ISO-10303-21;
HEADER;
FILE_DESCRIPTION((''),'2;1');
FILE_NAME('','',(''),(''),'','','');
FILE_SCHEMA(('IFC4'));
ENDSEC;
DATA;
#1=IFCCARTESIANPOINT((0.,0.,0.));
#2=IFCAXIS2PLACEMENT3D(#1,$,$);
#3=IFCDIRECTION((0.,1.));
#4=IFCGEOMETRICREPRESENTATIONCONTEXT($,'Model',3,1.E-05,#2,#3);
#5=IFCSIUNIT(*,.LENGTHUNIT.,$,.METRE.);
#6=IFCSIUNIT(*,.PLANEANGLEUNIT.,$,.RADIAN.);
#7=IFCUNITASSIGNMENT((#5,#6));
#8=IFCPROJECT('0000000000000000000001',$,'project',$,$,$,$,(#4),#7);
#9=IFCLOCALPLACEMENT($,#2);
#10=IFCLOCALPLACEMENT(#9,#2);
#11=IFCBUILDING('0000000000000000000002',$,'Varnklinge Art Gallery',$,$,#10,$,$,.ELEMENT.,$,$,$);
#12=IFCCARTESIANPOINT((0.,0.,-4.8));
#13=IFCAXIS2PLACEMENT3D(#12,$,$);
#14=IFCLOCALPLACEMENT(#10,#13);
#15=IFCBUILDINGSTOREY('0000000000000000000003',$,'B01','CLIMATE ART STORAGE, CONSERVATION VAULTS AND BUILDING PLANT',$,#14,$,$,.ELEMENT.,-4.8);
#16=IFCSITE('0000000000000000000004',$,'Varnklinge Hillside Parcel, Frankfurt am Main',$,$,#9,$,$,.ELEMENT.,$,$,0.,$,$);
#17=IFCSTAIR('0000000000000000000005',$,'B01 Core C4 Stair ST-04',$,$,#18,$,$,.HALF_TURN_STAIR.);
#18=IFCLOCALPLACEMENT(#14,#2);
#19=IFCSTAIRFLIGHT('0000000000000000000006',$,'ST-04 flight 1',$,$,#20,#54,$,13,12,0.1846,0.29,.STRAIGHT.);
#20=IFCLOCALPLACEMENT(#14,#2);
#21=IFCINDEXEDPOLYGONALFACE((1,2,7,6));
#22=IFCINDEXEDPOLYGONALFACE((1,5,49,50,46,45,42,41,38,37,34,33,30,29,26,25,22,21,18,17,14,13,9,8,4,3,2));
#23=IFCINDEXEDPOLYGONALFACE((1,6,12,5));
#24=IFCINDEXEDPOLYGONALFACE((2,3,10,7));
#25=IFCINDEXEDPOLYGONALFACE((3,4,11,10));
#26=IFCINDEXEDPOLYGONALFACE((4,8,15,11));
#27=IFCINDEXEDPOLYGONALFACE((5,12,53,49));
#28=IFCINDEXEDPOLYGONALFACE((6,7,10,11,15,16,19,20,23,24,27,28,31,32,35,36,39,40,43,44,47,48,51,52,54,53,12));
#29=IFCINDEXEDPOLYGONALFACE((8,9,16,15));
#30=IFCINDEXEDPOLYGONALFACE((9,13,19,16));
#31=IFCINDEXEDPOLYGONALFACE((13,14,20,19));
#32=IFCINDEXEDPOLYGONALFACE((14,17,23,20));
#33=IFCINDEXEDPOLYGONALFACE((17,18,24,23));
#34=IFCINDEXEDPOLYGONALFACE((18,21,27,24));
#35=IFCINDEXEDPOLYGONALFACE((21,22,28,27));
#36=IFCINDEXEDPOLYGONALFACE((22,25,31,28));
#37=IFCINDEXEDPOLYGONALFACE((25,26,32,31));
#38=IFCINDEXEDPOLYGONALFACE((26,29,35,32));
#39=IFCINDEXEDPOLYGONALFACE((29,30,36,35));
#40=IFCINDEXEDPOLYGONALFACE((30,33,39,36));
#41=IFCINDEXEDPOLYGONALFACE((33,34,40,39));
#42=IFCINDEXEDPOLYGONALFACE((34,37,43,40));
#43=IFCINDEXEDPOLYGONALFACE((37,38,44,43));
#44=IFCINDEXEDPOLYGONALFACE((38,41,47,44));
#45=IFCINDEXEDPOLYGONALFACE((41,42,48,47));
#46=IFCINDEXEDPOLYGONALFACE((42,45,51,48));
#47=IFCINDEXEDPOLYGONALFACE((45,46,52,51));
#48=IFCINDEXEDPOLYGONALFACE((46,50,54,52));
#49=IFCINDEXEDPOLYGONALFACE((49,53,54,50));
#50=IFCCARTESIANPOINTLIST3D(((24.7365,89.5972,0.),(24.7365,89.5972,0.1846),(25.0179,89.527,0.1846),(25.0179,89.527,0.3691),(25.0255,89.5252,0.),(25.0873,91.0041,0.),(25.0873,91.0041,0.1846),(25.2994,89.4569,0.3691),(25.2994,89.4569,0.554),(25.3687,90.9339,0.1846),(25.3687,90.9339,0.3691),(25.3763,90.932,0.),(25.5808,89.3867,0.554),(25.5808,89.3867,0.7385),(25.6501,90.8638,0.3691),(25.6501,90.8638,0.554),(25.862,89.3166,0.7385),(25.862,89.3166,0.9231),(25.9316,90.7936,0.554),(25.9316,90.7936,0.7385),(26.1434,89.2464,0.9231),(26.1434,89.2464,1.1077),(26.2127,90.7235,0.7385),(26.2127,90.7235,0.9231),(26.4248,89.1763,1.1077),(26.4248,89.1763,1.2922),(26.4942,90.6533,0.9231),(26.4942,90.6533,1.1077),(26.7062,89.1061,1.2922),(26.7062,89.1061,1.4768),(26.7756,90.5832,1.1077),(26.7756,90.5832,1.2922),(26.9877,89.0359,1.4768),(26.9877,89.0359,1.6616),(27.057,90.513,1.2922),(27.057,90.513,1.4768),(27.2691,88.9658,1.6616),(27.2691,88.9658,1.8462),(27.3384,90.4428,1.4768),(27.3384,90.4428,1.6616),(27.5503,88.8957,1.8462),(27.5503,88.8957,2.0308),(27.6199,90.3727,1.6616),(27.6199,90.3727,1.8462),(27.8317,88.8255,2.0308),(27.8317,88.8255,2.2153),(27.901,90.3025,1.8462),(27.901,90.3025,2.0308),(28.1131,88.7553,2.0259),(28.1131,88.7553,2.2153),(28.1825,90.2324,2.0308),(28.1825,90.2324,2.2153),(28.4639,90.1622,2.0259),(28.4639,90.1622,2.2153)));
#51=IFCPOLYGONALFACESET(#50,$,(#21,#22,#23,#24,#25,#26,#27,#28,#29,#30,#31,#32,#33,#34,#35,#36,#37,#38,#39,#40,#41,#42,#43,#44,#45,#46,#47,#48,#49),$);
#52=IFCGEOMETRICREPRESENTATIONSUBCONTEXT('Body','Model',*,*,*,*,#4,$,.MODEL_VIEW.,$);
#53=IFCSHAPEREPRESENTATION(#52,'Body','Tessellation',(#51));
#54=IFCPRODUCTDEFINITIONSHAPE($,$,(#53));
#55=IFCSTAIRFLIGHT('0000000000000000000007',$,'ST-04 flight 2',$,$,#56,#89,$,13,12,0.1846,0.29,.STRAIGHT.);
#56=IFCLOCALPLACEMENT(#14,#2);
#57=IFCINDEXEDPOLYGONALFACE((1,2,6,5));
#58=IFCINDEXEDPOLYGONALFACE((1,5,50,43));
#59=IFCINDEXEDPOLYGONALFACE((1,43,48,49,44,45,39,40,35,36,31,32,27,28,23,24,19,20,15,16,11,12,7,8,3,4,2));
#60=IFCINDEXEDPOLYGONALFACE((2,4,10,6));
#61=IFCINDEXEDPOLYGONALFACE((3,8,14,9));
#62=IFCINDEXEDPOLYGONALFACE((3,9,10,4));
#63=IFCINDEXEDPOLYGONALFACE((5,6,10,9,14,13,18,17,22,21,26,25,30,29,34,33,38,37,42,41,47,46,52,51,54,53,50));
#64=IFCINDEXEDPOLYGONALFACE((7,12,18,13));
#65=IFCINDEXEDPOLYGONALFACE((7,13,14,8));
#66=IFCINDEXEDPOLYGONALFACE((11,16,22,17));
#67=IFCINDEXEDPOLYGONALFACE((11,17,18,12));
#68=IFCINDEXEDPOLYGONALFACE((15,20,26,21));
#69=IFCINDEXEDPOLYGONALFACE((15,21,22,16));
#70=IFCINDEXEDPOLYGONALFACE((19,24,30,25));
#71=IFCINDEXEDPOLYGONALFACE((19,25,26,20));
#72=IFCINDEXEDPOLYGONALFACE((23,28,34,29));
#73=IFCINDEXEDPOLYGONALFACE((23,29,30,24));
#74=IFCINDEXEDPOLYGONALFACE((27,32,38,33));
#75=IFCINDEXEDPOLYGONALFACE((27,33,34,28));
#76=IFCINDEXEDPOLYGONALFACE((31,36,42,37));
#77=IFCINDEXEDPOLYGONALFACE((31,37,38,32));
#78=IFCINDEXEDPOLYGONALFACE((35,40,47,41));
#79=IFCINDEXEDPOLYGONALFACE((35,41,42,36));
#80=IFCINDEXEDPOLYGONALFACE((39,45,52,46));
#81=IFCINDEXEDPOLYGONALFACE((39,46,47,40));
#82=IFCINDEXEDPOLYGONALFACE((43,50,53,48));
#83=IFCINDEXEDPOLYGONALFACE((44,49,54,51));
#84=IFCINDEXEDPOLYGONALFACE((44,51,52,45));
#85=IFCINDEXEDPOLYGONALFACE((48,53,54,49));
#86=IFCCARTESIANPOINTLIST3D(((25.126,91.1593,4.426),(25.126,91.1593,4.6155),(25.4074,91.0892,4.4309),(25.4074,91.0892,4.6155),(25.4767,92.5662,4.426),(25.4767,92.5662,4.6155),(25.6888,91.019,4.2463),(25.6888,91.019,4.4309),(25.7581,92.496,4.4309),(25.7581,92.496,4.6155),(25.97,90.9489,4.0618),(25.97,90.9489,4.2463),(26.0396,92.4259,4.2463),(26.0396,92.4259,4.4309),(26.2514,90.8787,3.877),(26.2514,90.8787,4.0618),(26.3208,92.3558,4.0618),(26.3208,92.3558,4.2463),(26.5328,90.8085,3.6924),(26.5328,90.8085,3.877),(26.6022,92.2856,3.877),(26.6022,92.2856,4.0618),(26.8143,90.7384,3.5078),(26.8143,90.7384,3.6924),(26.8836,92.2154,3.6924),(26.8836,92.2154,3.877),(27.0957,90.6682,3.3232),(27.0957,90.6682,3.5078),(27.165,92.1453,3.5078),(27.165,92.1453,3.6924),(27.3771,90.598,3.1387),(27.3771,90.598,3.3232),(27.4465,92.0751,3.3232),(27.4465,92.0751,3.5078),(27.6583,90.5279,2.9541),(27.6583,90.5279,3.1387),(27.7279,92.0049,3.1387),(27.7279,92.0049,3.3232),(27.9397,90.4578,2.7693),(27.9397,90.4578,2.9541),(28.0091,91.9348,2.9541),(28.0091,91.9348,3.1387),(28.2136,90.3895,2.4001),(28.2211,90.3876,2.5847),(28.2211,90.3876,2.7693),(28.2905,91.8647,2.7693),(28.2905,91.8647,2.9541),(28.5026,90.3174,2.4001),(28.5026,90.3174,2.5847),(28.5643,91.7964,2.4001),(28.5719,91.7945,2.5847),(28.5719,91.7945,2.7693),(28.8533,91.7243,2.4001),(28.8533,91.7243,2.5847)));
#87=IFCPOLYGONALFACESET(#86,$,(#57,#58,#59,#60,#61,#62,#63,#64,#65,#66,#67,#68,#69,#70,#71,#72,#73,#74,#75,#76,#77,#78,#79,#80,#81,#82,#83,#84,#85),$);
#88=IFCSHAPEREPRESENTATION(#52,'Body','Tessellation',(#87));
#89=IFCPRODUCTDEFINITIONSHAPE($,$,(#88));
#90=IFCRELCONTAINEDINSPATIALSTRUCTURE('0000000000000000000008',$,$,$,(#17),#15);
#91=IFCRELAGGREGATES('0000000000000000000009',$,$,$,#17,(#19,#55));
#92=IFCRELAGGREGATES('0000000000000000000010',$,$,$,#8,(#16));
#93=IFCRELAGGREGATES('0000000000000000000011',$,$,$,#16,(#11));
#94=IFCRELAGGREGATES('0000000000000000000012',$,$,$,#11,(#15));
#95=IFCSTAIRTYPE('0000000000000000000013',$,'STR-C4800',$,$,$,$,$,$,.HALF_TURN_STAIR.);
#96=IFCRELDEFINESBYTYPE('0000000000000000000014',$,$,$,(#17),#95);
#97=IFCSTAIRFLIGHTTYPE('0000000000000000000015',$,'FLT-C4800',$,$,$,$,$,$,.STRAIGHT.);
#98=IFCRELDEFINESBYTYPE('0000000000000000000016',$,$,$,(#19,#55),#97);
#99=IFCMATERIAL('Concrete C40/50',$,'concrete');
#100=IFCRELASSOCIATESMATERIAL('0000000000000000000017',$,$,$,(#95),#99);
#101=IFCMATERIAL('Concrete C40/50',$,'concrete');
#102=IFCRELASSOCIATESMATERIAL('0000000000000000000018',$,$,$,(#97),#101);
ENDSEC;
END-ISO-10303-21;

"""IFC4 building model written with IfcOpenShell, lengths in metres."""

from ifc_helpers import new_model, si_unit, direction, frame, origin, place, context, subcontext, project, spatial, polyline, outline, extrude, material, type_object, element, aggregate, save


model = new_model("IFC4")

# Units and contexts
model_context = context("Model", 3, precision=1e-05, world=origin(), true_north=direction((0.0, 1.0)))
body_context = subcontext(model_context, "Body", "Model", "MODEL_VIEW")
ifc_project = project(units=[si_unit("LENGTHUNIT", "METRE"), si_unit("PLANEANGLEUNIT", "RADIAN")], contexts=[model_context])

# Site, building, storey
site_placement = place(None, origin())
site = spatial("IfcSite", under=ifc_project, at=site_placement, Name="Varnklinge Hillside Parcel, Frankfurt am Main", CompositionType="ELEMENT", RefElevation=0.0)
building_placement = place(site_placement, origin())
building = spatial("IfcBuilding", under=site, at=building_placement, Name="Varnklinge Art Gallery", CompositionType="ELEMENT")
storey_placement = place(building_placement, frame((0.0, 0.0, -4.8)))
storey = spatial("IfcBuildingStorey", under=building, at=storey_placement, Name="B01", Description="CLIMATE ART STORAGE, CONSERVATION VAULTS AND BUILDING PLANT", CompositionType="ELEMENT", Elevation=-4.8)

# Stair, stair flights
ifc_material_1 = material(Name="Concrete C40/50", Category="concrete")
stair_type = type_object("IfcStairType", Name="STR-C4800", PredefinedType="HALF_TURN_STAIR", material=ifc_material_1)
stair_placement = place(storey_placement, origin())
stair = element("IfcStair", 1, at=stair_placement, inside=storey, type_object=stair_type, Name="B01 Core C4 Stair ST-04", PredefinedType="HALF_TURN_STAIR")
ifc_material_2 = material(Name="Concrete C40/50", Category="concrete")
stair_flight_type = type_object("IfcStairFlightType", Name="FLT-C4800", PredefinedType="STRAIGHT", material=ifc_material_2)
stair_flight_1_placement = place(storey_placement, frame((24.9119, 90.3005, 0.0), z_axis=(0.0, 0.0, 1.0), x_axis=(0.970296, -0.241922, 0.0)))
stair_flight_1 = element("IfcStairFlight", 2, at=stair_flight_1_placement, type_object=stair_flight_type, Name="ST-04 flight 1", NumberOfRisers=13, NumberOfTreads=12, PredefinedType="STRAIGHT", RiserHeight=0.1846, TreadLength=0.29, context=body_context, shape_type="SweptSolid", body=[
    extrude(outline(polyline([(0.0, 0.0), (0.0, 0.1846), (0.29, 0.1846), (0.29, 0.3691), (0.5801, 0.3691), (0.5801, 0.554), (0.8701, 0.554), (0.8701, 0.7385), (1.1599, 0.7385), (1.1599, 0.9231), (1.45, 0.9231), (1.45, 1.1077), (1.74, 1.1077), (1.74, 1.2922), (2.03, 1.2922), (2.03, 1.4768), (2.3201, 1.4768), (2.3201, 1.6616), (2.6101, 1.6616), (2.6101, 1.8462), (2.8999, 1.8462), (2.8999, 2.0308), (3.1899, 2.0308), (3.1899, 2.2153), (3.48, 2.2153), (3.48, 2.3999), (3.48, 2.0259), (0.2979, 0.0), (0.0, 0.0)])), frame((0.0, 0.7251, 0.0), z_axis=(0.0, -1.0, 0.0), x_axis=(1.0, 0.0, 0.0)), (0.0, 0.0, 1.0), 1.45),
])
stair_flight_2_placement = place(storey_placement, frame((28.678, 91.021, 2.4001), z_axis=(0.0, 0.0, 1.0), x_axis=(-0.970296, 0.241922, 0.0)))
stair_flight_2 = element("IfcStairFlight", 3, at=stair_flight_2_placement, type_object=stair_flight_type, Name="ST-04 flight 2", NumberOfRisers=13, NumberOfTreads=12, PredefinedType="STRAIGHT", RiserHeight=0.1846, TreadLength=0.29, context=body_context, shape_type="SweptSolid", body=[
    extrude(outline(polyline([(0.0, 0.0), (0.0, 0.1846), (0.29, 0.1846), (0.29, 0.3691), (0.5801, 0.3691), (0.5801, 0.554), (0.8701, 0.554), (0.8701, 0.7385), (1.1599, 0.7385), (1.1599, 0.9231), (1.45, 0.9231), (1.45, 1.1077), (1.74, 1.1077), (1.74, 1.2922), (2.03, 1.2922), (2.03, 1.4768), (2.3201, 1.4768), (2.3201, 1.6616), (2.6101, 1.6616), (2.6101, 1.8462), (2.8999, 1.8462), (2.8999, 2.0308), (3.1899, 2.0308), (3.1899, 2.2153), (3.48, 2.2153), (3.48, 2.3999), (3.48, 2.0259), (0.2979, 0.0), (0.0, 0.0)])), frame((0.0, 0.7251, 0.0), z_axis=(0.0, -1.0, 0.0), x_axis=(1.0, 0.0, 0.0)), (0.0, 0.0, 1.0), 1.45),
])
aggregate(stair, [stair_flight_1, stair_flight_2])

save(model, "model.ifc")
